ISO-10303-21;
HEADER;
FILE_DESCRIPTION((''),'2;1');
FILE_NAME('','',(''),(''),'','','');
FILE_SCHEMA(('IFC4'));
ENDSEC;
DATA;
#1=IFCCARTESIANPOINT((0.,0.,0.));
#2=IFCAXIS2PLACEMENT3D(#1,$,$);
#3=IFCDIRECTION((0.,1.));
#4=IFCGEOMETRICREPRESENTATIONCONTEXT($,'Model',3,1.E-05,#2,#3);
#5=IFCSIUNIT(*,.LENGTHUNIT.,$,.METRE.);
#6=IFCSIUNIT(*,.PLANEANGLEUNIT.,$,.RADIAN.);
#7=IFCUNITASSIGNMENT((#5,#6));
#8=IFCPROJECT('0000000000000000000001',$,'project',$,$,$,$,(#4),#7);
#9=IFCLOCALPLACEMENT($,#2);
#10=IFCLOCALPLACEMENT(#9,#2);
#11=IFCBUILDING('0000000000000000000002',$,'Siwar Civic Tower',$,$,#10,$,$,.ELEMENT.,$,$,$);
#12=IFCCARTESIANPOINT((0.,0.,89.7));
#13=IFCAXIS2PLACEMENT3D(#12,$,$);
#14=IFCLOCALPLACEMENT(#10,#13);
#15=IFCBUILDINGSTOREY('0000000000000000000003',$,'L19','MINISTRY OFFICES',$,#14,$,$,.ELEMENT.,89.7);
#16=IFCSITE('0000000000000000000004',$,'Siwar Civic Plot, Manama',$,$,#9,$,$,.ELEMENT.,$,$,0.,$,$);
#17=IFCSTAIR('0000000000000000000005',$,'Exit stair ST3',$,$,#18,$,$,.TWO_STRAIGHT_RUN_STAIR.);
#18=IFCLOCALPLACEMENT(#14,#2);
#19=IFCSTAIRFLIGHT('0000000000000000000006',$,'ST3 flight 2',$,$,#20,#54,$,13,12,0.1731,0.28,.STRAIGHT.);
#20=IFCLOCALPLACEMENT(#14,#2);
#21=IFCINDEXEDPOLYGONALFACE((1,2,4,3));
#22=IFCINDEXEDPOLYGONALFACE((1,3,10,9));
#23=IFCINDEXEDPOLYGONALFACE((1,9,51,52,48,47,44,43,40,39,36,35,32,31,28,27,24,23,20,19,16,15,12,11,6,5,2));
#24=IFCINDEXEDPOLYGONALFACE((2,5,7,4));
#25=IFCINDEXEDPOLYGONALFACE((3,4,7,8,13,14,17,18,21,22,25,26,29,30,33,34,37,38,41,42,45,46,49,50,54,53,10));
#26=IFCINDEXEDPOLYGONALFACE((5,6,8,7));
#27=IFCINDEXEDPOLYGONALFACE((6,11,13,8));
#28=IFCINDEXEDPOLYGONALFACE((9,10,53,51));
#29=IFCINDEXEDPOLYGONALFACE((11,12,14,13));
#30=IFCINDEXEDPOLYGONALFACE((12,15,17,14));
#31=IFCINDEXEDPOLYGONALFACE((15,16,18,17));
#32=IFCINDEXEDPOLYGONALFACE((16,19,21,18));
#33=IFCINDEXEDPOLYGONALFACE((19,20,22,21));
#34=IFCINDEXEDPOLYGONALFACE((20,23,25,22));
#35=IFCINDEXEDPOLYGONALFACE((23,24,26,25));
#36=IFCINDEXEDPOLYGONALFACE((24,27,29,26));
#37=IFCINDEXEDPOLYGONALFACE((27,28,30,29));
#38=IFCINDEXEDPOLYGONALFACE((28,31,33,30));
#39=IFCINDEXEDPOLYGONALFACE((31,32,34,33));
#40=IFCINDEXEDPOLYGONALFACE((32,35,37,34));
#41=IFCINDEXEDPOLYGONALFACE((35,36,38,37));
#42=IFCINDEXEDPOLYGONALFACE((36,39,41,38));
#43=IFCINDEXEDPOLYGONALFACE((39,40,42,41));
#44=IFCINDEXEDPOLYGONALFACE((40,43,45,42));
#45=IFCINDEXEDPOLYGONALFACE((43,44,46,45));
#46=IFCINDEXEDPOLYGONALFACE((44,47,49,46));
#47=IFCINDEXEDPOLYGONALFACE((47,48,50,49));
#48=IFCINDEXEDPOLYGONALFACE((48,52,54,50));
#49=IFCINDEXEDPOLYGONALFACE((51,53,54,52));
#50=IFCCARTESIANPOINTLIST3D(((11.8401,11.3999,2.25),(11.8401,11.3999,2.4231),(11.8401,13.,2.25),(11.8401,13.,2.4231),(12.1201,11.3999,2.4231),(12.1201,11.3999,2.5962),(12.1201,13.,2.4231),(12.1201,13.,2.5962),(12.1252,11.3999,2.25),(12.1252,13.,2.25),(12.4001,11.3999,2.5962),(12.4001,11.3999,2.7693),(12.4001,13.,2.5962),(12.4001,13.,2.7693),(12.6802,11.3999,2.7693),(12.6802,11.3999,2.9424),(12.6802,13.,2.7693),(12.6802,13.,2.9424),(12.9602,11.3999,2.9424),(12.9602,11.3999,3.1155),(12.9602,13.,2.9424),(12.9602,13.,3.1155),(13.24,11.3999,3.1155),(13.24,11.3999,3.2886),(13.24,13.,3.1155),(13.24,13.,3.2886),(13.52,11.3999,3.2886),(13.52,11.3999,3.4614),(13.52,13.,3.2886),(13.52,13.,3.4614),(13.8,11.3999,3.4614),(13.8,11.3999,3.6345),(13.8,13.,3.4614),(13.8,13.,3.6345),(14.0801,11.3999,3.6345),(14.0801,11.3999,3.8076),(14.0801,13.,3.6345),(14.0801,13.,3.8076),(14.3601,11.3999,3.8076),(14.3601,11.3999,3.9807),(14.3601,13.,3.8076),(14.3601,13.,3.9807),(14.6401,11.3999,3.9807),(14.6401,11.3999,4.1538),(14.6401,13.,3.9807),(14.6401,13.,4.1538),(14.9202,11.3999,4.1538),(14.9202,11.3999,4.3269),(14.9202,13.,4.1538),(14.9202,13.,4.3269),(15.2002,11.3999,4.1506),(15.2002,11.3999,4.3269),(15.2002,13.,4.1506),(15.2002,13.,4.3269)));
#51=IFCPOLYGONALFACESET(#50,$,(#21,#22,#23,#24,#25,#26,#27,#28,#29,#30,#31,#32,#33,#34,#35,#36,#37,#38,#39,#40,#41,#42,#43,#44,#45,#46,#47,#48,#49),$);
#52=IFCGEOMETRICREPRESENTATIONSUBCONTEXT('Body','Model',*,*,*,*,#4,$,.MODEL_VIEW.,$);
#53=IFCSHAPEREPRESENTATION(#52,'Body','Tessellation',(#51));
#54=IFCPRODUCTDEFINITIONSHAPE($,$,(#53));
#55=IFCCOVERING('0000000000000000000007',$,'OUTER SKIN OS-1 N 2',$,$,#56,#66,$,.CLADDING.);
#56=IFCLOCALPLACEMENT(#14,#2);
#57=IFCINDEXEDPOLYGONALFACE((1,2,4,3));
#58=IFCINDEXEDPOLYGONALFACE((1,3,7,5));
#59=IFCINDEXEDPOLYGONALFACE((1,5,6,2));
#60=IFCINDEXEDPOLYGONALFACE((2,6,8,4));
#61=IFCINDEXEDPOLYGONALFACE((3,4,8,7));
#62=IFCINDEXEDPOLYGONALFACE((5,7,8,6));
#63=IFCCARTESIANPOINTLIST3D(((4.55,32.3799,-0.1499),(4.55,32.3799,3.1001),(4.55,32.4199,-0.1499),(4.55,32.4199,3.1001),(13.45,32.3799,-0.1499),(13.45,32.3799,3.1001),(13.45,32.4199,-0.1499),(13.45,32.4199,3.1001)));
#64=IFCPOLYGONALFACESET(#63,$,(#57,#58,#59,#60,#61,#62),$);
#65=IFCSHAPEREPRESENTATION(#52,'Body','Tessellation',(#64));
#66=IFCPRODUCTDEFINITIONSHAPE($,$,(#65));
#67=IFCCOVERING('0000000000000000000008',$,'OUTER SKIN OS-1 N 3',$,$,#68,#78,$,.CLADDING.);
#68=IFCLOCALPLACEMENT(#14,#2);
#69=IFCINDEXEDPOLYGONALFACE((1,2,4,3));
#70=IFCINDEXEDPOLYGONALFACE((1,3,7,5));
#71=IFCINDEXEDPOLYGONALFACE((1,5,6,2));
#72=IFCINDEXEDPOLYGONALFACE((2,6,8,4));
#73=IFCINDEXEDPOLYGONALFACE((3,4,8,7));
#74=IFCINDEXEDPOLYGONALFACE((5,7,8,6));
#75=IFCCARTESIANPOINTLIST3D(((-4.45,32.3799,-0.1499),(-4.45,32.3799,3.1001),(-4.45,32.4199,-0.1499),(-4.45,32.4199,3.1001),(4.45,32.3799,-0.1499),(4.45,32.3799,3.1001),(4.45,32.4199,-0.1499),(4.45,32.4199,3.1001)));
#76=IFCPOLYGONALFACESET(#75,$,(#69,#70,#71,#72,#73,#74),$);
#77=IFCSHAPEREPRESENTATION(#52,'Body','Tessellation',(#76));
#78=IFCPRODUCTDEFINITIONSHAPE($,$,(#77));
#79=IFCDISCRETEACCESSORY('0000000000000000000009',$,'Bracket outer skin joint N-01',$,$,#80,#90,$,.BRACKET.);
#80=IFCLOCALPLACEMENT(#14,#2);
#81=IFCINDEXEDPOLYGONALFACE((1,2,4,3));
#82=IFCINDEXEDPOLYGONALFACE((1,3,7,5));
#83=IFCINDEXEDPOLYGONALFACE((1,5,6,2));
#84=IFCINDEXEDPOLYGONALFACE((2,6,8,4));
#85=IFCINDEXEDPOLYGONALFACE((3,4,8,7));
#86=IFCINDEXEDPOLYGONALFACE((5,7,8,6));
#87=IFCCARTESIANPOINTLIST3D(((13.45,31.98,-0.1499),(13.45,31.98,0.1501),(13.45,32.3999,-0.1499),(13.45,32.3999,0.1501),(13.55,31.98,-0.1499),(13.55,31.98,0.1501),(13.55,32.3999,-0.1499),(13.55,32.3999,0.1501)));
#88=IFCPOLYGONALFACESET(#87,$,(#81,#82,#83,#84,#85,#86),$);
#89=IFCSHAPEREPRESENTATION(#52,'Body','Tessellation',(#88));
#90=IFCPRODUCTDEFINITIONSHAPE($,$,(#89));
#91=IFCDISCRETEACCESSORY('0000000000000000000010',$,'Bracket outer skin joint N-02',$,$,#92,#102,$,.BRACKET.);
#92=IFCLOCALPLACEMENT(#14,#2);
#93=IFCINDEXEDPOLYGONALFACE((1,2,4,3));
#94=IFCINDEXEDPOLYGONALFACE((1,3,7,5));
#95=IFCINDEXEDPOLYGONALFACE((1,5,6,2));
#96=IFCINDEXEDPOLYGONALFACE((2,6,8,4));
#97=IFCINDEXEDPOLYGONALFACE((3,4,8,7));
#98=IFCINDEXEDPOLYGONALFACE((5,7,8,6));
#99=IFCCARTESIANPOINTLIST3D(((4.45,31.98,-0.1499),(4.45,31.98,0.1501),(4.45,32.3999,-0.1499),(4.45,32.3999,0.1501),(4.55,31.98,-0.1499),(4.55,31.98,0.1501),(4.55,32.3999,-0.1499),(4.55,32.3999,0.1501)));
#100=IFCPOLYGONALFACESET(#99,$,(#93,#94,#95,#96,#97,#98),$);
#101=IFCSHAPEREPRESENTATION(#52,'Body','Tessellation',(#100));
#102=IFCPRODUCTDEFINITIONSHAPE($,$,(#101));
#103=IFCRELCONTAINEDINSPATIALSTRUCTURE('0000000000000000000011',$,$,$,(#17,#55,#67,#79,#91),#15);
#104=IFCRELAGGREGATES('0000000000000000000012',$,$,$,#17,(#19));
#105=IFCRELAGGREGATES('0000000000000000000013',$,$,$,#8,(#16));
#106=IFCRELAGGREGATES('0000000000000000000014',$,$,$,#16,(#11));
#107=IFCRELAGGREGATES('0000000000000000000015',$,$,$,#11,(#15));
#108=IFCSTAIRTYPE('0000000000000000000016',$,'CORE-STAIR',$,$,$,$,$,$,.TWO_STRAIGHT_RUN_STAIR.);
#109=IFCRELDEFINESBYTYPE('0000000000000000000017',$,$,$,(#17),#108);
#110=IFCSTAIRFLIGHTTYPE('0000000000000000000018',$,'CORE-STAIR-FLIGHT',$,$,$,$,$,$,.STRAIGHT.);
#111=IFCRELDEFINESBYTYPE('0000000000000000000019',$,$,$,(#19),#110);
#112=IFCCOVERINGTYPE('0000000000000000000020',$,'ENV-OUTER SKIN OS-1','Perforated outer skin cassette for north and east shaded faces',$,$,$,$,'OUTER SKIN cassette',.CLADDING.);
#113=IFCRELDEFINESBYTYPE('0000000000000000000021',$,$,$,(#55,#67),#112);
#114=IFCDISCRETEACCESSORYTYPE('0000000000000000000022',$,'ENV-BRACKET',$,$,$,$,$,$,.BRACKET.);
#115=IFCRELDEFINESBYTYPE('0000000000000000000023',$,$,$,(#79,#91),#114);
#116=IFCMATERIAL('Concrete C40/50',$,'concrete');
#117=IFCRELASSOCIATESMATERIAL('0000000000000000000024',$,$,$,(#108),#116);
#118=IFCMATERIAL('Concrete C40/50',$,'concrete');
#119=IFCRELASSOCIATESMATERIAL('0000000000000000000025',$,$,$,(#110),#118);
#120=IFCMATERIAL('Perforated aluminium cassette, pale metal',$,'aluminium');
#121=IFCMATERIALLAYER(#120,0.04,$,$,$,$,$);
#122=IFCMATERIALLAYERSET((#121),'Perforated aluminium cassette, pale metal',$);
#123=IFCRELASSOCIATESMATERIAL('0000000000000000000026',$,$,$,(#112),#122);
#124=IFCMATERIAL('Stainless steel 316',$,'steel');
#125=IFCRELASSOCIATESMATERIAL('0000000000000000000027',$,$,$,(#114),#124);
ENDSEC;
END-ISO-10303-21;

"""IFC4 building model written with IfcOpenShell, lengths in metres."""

from ifc_helpers import new_model, si_unit, direction, frame, origin, origin_2d, place, context, subcontext, project, spatial, polyline, rectangle, outline, extrude, material, layer, layer_set, type_object, element, aggregate, save


model = new_model("IFC4")

# Units and contexts
model_context = context("Model", 3, precision=1e-05, world=origin(), true_north=direction((0.0, 1.0)))
body_context = subcontext(model_context, "Body", "Model", "MODEL_VIEW")
ifc_project = project(units=[si_unit("LENGTHUNIT", "METRE"), si_unit("PLANEANGLEUNIT", "RADIAN")], contexts=[model_context])

# Site, building, storey
site_placement = place(None, origin())
site = spatial("IfcSite", under=ifc_project, at=site_placement, Name="Siwar Civic Plot, Manama", CompositionType="ELEMENT", RefElevation=0.0)
building_placement = place(site_placement, origin())
building = spatial("IfcBuilding", under=site, at=building_placement, Name="Siwar Civic Tower", CompositionType="ELEMENT")
storey_placement = place(building_placement, frame((0.0, 0.0, 89.7)))
storey = spatial("IfcBuildingStorey", under=building, at=storey_placement, Name="L19", Description="MINISTRY OFFICES", CompositionType="ELEMENT", Elevation=89.7)

# Stair, stair flight
ifc_material_1 = material(Name="Concrete C40/50", Category="concrete")
stair_type = type_object("IfcStairType", Name="CORE-STAIR", PredefinedType="TWO_STRAIGHT_RUN_STAIR", material=ifc_material_1)
stair_placement = place(storey_placement, origin())
stair = element("IfcStair", 1, at=stair_placement, inside=storey, type_object=stair_type, Name="Exit stair ST3", PredefinedType="TWO_STRAIGHT_RUN_STAIR")
ifc_material_2 = material(Name="Concrete C40/50", Category="concrete")
stair_flight_type = type_object("IfcStairFlightType", Name="CORE-STAIR-FLIGHT", PredefinedType="STRAIGHT", material=ifc_material_2)
stair_flight_placement = place(storey_placement, frame((11.8401, 12.2, 2.25), z_axis=(0.0, 0.0, 1.0), x_axis=(1.0, 0.0, 0.0)))
stair_flight = element("IfcStairFlight", 2, at=stair_flight_placement, type_object=stair_flight_type, Name="ST3 flight 2", NumberOfRisers=13, NumberOfTreads=12, PredefinedType="STRAIGHT", RiserHeight=0.1731, TreadLength=0.28, context=body_context, shape_type="SweptSolid", body=[
    extrude(outline(polyline([(0.0, 0.0), (0.0, 0.1731), (0.28, 0.1731), (0.28, 0.3462), (0.5601, 0.3462), (0.5601, 0.5193), (0.8401, 0.5193), (0.8401, 0.6924), (1.1201, 0.6924), (1.1201, 0.8655), (1.3999, 0.8655), (1.3999, 1.0386), (1.6799, 1.0386), (1.6799, 1.2114), (1.96, 1.2114), (1.96, 1.3845), (2.24, 1.3845), (2.24, 1.5576), (2.52, 1.5576), (2.52, 1.7307), (2.8, 1.7307), (2.8, 1.9038), (3.0801, 1.9038), (3.0801, 2.0769), (3.3601, 2.0769), (3.3601, 2.25), (3.3601, 1.9006), (0.2852, 0.0), (0.0, 0.0)])), frame((0.0, 0.8, 0.0), z_axis=(0.0, -1.0, 0.0), x_axis=(1.0, 0.0, 0.0)), (0.0, 0.0, 1.0), 1.6001),
])
aggregate(stair, [stair_flight])

# Coverings
ifc_material_3 = material(Name="Perforated aluminium cassette, pale metal", Category="aluminium")
ifc_layer_1 = layer(ifc_material_3, 0.04)
ifc_layer_set_1 = layer_set([ifc_layer_1], Name="Perforated aluminium cassette, pale metal")
covering_type = type_object("IfcCoveringType", Name="ENV-OUTER SKIN OS-1", Description="Perforated outer skin cassette for north and east shaded faces", ElementType="OUTER SKIN cassette", PredefinedType="CLADDING", material=ifc_layer_set_1)
for number, where, z_axis, x_axis, name in (
    (3, (9.0, 32.3999, -0.1499), (0.0, 0.0, 1.0), (-1.0, 0.0, 0.0), "OUTER SKIN OS-1 N 2"),
    (4, (0.0, 32.3999, -0.1499), (0.0, 0.0, 1.0), (-1.0, 0.0, 0.0), "OUTER SKIN OS-1 N 3"),
):
    element("IfcCovering", number, at=place(storey_placement, frame(where, z_axis=z_axis, x_axis=x_axis)), inside=storey, type_object=covering_type, Name=name, PredefinedType="CLADDING", context=body_context, shape_type="SweptSolid", body=[
        extrude(rectangle(XDim=8.8999, YDim=0.04, at=origin_2d()), origin(), (0.0, 0.0, 1.0), 3.25),
    ])

# Discrete accessories
ifc_material_4 = material(Name="Stainless steel 316", Category="steel")
discrete_accessory_type = type_object("IfcDiscreteAccessoryType", Name="ENV-BRACKET", PredefinedType="BRACKET", material=ifc_material_4)
for number, where, z_axis, x_axis, name in (
    (5, (13.5, 32.1899, -0.1499), (0.0, 0.0, 1.0), (0.0, 1.0, 0.0), "Bracket outer skin joint N-01"),
    (6, (4.5, 32.1899, -0.1499), (0.0, 0.0, 1.0), (0.0, 1.0, 0.0), "Bracket outer skin joint N-02"),
):
    element("IfcDiscreteAccessory", number, at=place(storey_placement, frame(where, z_axis=z_axis, x_axis=x_axis)), inside=storey, type_object=discrete_accessory_type, Name=name, PredefinedType="BRACKET", context=body_context, shape_type="SweptSolid", body=[
        extrude(rectangle(XDim=0.4199, YDim=0.1001, at=origin_2d()), origin(), (0.0, 0.0, 1.0), 0.3),
    ])

save(model, "model.ifc")
